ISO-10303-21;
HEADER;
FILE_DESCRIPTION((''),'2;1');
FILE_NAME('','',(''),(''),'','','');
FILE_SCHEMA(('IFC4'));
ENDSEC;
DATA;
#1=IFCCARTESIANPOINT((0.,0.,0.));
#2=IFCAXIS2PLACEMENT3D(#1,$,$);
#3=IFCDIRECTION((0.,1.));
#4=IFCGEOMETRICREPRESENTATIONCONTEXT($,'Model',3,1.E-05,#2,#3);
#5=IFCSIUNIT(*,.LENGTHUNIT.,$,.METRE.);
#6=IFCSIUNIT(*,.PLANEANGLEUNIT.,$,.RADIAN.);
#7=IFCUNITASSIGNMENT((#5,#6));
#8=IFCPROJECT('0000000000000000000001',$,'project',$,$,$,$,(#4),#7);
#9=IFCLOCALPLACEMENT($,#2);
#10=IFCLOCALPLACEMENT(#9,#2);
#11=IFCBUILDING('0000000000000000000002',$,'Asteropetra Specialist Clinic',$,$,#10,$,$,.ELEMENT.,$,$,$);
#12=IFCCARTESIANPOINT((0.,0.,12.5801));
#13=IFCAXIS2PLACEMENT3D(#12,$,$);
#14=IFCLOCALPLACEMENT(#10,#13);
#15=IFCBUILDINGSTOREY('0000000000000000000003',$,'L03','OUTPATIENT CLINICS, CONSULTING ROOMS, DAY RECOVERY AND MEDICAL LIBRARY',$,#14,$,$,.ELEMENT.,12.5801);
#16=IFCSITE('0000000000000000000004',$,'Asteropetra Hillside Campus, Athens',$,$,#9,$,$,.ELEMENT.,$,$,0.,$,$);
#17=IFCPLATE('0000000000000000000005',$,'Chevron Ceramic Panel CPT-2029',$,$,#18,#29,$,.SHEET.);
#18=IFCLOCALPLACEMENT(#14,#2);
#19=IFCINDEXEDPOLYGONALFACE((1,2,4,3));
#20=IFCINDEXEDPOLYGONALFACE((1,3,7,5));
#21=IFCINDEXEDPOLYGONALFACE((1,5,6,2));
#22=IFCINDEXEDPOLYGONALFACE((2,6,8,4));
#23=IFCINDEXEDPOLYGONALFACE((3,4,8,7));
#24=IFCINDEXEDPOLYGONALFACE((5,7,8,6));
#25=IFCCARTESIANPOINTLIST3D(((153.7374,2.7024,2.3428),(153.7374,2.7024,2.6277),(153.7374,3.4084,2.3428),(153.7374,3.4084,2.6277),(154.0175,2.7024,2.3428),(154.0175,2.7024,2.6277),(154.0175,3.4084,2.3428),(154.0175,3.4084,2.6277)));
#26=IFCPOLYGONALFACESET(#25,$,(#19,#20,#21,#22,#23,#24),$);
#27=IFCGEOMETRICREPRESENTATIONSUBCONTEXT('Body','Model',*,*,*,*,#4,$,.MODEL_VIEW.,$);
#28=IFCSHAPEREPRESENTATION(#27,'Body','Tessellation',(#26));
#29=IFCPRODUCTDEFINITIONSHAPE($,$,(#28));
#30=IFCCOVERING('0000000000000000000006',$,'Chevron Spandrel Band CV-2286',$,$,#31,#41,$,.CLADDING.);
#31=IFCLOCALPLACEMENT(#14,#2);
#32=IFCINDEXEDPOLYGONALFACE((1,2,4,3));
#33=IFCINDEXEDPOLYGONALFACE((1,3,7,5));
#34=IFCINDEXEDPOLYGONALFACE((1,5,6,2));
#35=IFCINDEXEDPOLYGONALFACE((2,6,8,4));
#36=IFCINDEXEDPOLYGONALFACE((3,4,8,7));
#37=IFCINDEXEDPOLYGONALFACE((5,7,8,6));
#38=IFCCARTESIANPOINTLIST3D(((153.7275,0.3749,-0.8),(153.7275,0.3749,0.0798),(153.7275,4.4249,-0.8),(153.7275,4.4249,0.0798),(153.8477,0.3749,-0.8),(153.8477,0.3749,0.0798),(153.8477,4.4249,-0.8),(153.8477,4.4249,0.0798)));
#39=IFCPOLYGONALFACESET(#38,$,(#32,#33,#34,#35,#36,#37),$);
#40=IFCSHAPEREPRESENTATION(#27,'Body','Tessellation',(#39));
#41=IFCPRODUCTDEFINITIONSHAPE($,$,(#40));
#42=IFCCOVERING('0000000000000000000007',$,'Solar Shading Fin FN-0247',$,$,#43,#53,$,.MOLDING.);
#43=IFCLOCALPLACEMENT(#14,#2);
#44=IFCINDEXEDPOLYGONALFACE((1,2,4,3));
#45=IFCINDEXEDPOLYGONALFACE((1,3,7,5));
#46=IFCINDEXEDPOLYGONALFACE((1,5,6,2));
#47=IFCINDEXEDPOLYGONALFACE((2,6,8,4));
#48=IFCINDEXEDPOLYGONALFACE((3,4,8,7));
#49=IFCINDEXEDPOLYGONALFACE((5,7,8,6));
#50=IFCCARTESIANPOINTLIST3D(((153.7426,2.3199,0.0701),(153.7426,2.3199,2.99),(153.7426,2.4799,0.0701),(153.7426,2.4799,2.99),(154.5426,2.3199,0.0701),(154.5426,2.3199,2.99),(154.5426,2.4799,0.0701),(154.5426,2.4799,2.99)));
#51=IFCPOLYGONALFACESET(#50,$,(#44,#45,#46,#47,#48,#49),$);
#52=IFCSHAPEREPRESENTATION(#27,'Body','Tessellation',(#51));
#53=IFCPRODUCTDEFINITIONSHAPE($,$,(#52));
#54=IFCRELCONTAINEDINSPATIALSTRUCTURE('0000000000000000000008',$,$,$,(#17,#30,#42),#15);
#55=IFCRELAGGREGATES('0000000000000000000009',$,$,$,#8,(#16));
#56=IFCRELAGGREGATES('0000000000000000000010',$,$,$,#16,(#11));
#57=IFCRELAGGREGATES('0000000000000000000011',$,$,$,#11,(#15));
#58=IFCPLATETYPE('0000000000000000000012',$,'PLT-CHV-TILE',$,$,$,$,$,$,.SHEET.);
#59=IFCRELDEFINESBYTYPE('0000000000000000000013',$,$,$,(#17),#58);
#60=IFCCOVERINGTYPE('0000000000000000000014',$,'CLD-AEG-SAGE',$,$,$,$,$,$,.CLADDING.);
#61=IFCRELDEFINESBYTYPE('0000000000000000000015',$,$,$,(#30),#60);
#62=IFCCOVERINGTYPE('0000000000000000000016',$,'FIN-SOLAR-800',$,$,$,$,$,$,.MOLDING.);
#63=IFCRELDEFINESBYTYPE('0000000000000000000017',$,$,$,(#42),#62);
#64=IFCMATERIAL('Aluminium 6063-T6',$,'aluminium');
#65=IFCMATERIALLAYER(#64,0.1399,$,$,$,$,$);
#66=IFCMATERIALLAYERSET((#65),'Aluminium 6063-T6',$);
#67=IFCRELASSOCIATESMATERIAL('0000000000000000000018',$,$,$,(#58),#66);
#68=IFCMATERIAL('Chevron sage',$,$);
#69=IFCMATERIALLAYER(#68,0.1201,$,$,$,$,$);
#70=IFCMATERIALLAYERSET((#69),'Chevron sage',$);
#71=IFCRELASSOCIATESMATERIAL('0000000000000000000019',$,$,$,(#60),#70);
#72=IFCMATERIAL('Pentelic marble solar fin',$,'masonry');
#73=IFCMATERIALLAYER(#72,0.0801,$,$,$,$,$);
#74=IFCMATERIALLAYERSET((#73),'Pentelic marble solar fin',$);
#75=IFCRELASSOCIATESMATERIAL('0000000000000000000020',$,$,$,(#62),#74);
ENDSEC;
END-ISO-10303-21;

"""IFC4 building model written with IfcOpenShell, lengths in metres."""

from ifc_helpers import new_model, si_unit, direction, frame, origin, origin_2d, place, context, subcontext, project, spatial, rectangle, extrude, material, layer, layer_set, type_object, element, save


model = new_model("IFC4")

# Units and contexts
model_context = context("Model", 3, precision=1e-05, world=origin(), true_north=direction((0.0, 1.0)))
body_context = subcontext(model_context, "Body", "Model", "MODEL_VIEW")
ifc_project = project(units=[si_unit("LENGTHUNIT", "METRE"), si_unit("PLANEANGLEUNIT", "RADIAN")], contexts=[model_context])

# Site, building, storey
site_placement = place(None, origin())
site = spatial("IfcSite", under=ifc_project, at=site_placement, Name="Asteropetra Hillside Campus, Athens", CompositionType="ELEMENT", RefElevation=0.0)
building_placement = place(site_placement, origin())
building = spatial("IfcBuilding", under=site, at=building_placement, Name="Asteropetra Specialist Clinic", CompositionType="ELEMENT")
storey_placement = place(building_placement, frame((0.0, 0.0, 12.5801)))
storey = spatial("IfcBuildingStorey", under=building, at=storey_placement, Name="L03", Description="OUTPATIENT CLINICS, CONSULTING ROOMS, DAY RECOVERY AND MEDICAL LIBRARY", CompositionType="ELEMENT", Elevation=12.5801)

# Plate
ifc_material_1 = material(Name="Aluminium 6063-T6", Category="aluminium")
ifc_layer_1 = layer(ifc_material_1, 0.1399)
ifc_layer_set_1 = layer_set([ifc_layer_1], Name="Aluminium 6063-T6")
plate_type_1 = type_object("IfcPlateType", Name="PLT-CHV-TILE", PredefinedType="SHEET", material=ifc_layer_set_1)
for number, where, z_axis, x_axis, name in (
    (1, (153.8774, 3.0554, 2.3428), (0.0, 0.0, 1.0), (1.0, 0.0, 0.0), "Chevron Ceramic Panel CPT-2029"),
):
    element("IfcPlate", number, at=place(storey_placement, frame(where, z_axis=z_axis, x_axis=x_axis)), inside=storey, type_object=plate_type_1, Name=name, PredefinedType="SHEET", context=body_context, shape_type="SweptSolid", body=[
        extrude(rectangle(XDim=0.28, YDim=0.7061, at=origin_2d()), origin(), (0.0, 0.0, 1.0), 0.2849),
    ])

# Coverings
ifc_material_2 = material(Name="Chevron sage")
ifc_layer_2 = layer(ifc_material_2, 0.1201)
ifc_layer_set_2 = layer_set([ifc_layer_2], Name="Chevron sage")
covering_type_1 = type_object("IfcCoveringType", Name="CLD-AEG-SAGE", PredefinedType="CLADDING", material=ifc_layer_set_2)
covering_1_placement = place(storey_placement, frame((153.7876, 2.3999, -0.8), z_axis=(0.0, 0.0, 1.0), x_axis=(1.0, 0.0, 0.0)))
element("IfcCovering", 2, at=covering_1_placement, inside=storey, type_object=covering_type_1, Name="Chevron Spandrel Band CV-2286", PredefinedType="CLADDING", context=body_context, shape_type="SweptSolid", body=[
    extrude(rectangle(XDim=0.1201, YDim=4.05, at=origin_2d()), origin(), (0.0, 0.0, 1.0), 0.8799),
])
ifc_material_3 = material(Name="Pentelic marble solar fin", Category="masonry")
ifc_layer_3 = layer(ifc_material_3, 0.0801)
ifc_layer_set_3 = layer_set([ifc_layer_3], Name="Pentelic marble solar fin")
covering_type_2 = type_object("IfcCoveringType", Name="FIN-SOLAR-800", PredefinedType="MOLDING", material=ifc_layer_set_3)
covering_2_placement = place(storey_placement, frame((154.1426, 2.3999, 0.0701), z_axis=(0.0, 0.0, 1.0), x_axis=(1.0, 0.0, 0.0)))
element("IfcCovering", 3, at=covering_2_placement, inside=storey, type_object=covering_type_2, Name="Solar Shading Fin FN-0247", PredefinedType="MOLDING", context=body_context, shape_type="SweptSolid", body=[
    extrude(rectangle(XDim=0.8, YDim=0.1599, at=origin_2d()), origin(), (0.0, 0.0, 1.0), 2.9199),
])

save(model, "model.ifc")
